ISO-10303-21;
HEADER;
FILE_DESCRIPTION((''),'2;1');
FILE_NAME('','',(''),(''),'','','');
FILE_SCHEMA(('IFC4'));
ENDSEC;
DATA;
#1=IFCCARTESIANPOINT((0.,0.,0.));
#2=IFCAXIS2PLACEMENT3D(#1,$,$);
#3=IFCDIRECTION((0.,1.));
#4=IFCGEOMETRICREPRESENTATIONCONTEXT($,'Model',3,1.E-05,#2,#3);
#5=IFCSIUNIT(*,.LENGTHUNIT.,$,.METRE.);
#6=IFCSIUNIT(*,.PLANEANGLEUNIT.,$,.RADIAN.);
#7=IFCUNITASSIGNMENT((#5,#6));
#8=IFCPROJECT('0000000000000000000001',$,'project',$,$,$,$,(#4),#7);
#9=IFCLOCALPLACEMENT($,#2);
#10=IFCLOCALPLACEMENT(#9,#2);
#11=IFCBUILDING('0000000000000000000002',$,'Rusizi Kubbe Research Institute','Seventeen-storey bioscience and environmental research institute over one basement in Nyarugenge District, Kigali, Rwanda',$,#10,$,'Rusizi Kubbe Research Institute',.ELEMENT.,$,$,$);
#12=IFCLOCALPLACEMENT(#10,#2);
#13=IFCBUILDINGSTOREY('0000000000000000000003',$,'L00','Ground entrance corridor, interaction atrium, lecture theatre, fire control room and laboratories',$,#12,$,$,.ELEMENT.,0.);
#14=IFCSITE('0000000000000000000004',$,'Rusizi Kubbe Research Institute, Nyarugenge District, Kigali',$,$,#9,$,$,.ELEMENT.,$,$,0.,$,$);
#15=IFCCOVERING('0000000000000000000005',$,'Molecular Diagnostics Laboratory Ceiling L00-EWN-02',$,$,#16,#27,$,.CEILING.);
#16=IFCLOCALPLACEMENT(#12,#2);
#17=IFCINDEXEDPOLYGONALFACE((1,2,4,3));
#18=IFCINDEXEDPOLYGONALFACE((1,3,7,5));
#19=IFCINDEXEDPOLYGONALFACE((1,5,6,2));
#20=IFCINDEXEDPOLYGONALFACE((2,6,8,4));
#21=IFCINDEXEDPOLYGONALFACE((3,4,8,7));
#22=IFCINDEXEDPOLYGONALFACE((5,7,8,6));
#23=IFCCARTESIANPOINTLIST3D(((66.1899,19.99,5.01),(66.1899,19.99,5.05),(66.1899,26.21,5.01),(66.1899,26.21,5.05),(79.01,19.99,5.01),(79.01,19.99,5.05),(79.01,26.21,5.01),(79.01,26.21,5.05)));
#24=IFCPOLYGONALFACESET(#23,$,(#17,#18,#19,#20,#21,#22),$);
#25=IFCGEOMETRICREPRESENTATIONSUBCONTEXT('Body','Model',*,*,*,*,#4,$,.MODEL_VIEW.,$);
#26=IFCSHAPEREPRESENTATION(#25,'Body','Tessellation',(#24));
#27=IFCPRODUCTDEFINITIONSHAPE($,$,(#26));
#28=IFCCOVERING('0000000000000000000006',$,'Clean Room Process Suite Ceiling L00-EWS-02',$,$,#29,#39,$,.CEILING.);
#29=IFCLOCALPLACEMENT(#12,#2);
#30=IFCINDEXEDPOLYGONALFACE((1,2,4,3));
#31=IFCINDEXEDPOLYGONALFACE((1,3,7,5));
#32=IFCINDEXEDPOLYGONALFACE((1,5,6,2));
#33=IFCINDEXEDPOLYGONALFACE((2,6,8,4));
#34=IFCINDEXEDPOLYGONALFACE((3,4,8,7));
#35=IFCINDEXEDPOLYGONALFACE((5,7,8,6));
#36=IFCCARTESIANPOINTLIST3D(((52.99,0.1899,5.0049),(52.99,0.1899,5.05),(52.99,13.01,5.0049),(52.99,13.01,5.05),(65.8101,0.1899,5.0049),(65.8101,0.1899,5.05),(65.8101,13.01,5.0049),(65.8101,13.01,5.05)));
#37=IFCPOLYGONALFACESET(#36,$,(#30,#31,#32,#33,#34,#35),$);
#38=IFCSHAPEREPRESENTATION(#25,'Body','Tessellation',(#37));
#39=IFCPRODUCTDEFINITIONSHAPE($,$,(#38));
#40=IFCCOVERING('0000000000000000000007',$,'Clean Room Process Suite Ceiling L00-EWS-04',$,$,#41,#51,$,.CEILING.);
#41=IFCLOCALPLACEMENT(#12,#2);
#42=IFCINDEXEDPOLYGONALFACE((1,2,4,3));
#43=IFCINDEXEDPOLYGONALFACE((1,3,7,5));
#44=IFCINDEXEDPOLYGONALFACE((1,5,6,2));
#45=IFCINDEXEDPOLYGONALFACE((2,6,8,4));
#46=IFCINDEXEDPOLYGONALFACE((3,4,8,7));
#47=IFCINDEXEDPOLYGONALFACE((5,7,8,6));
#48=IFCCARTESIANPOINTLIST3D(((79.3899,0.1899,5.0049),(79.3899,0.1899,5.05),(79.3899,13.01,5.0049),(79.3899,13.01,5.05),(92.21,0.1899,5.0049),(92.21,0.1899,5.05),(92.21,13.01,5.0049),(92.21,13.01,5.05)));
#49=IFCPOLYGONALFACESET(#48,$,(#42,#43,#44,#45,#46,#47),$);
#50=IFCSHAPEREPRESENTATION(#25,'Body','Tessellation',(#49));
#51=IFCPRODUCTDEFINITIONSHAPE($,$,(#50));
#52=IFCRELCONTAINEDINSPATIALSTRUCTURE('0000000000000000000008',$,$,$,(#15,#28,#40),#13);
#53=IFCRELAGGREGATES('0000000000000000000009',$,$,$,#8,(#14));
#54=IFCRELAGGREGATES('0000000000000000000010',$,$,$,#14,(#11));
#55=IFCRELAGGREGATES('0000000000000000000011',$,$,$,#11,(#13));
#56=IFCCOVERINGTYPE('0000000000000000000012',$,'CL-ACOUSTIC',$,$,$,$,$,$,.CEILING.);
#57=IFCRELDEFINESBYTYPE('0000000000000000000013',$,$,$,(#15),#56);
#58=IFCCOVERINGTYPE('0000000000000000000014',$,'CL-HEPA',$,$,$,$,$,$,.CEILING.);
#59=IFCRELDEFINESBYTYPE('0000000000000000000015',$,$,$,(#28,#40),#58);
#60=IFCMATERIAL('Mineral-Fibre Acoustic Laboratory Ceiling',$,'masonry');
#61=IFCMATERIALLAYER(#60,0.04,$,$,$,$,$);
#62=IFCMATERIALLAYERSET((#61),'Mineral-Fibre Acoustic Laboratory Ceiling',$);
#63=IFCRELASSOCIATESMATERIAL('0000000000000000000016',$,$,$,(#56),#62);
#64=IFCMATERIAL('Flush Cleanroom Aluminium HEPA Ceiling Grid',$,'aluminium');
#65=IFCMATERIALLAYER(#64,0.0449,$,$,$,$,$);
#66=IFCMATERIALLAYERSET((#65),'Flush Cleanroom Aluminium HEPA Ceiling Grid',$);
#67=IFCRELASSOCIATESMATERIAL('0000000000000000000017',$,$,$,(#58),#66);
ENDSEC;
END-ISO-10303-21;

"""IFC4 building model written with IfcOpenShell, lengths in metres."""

from ifc_helpers import new_model, si_unit, direction, frame, origin, place, context, subcontext, project, spatial, polyline, outline, extrude, material, layer, layer_set, type_object, element, save


model = new_model("IFC4")

# Units and contexts
model_context = context("Model", 3, precision=1e-05, world=origin(), true_north=direction((0.0, 1.0)))
body_context = subcontext(model_context, "Body", "Model", "MODEL_VIEW")
ifc_project = project(units=[si_unit("LENGTHUNIT", "METRE"), si_unit("PLANEANGLEUNIT", "RADIAN")], contexts=[model_context])

# Site, building, storey
site_placement = place(None, origin())
site = spatial("IfcSite", under=ifc_project, at=site_placement, Name="Rusizi Kubbe Research Institute, Nyarugenge District, Kigali", CompositionType="ELEMENT", RefElevation=0.0)
building_placement = place(site_placement, origin())
building = spatial("IfcBuilding", under=site, at=building_placement, Name="Rusizi Kubbe Research Institute", Description="Seventeen-storey bioscience and environmental research institute over one basement in Nyarugenge District, Kigali, Rwanda", LongName="Rusizi Kubbe Research Institute", CompositionType="ELEMENT")
storey_placement = place(building_placement, origin())
storey = spatial("IfcBuildingStorey", under=building, at=storey_placement, Name="L00", Description="Ground entrance corridor, interaction atrium, lecture theatre, fire control room and laboratories", CompositionType="ELEMENT", Elevation=0.0)

# Coverings
ifc_material_1 = material(Name="Mineral-Fibre Acoustic Laboratory Ceiling", Category="masonry")
ifc_layer_1 = layer(ifc_material_1, 0.04)
ifc_layer_set_1 = layer_set([ifc_layer_1], Name="Mineral-Fibre Acoustic Laboratory Ceiling")
covering_type_1 = type_object("IfcCoveringType", Name="CL-ACOUSTIC", PredefinedType="CEILING", material=ifc_layer_set_1)
covering_1_placement = place(storey_placement, frame((0.0, 0.0, 5.01)))
element("IfcCovering", 1, at=covering_1_placement, inside=storey, type_object=covering_type_1, Name="Molecular Diagnostics Laboratory Ceiling L00-EWN-02", PredefinedType="CEILING", context=body_context, shape_type="SweptSolid", body=[
    extrude(outline(polyline([(66.1899, 19.99), (79.01, 19.99), (79.01, 26.21), (66.1899, 26.21), (66.1899, 19.99)])), origin(), (0.0, 0.0, 1.0), 0.04),
])
ifc_material_2 = material(Name="Flush Cleanroom Aluminium HEPA Ceiling Grid", Category="aluminium")
ifc_layer_2 = layer(ifc_material_2, 0.0449)
ifc_layer_set_2 = layer_set([ifc_layer_2], Name="Flush Cleanroom Aluminium HEPA Ceiling Grid")
covering_type_2 = type_object("IfcCoveringType", Name="CL-HEPA", PredefinedType="CEILING", material=ifc_layer_set_2)
covering_2_placement = place(storey_placement, frame((0.0, 0.0, 5.0049)))
element("IfcCovering", 2, at=covering_2_placement, inside=storey, type_object=covering_type_2, Name="Clean Room Process Suite Ceiling L00-EWS-02", PredefinedType="CEILING", context=body_context, shape_type="SweptSolid", body=[
    extrude(outline(polyline([(52.99, 0.1899), (65.8101, 0.1899), (65.8101, 13.01), (52.99, 13.01), (52.99, 0.1899)])), origin(), (0.0, 0.0, 1.0), 0.0452),
])
covering_3_placement = place(storey_placement, frame((0.0, 0.0, 5.0049)))
element("IfcCovering", 3, at=covering_3_placement, inside=storey, type_object=covering_type_2, Name="Clean Room Process Suite Ceiling L00-EWS-04", PredefinedType="CEILING", context=body_context, shape_type="SweptSolid", body=[
    extrude(outline(polyline([(79.3899, 0.1899), (92.21, 0.1899), (92.21, 13.01), (79.3899, 13.01), (79.3899, 0.1899)])), origin(), (0.0, 0.0, 1.0), 0.0452),
])

save(model, "model.ifc")
